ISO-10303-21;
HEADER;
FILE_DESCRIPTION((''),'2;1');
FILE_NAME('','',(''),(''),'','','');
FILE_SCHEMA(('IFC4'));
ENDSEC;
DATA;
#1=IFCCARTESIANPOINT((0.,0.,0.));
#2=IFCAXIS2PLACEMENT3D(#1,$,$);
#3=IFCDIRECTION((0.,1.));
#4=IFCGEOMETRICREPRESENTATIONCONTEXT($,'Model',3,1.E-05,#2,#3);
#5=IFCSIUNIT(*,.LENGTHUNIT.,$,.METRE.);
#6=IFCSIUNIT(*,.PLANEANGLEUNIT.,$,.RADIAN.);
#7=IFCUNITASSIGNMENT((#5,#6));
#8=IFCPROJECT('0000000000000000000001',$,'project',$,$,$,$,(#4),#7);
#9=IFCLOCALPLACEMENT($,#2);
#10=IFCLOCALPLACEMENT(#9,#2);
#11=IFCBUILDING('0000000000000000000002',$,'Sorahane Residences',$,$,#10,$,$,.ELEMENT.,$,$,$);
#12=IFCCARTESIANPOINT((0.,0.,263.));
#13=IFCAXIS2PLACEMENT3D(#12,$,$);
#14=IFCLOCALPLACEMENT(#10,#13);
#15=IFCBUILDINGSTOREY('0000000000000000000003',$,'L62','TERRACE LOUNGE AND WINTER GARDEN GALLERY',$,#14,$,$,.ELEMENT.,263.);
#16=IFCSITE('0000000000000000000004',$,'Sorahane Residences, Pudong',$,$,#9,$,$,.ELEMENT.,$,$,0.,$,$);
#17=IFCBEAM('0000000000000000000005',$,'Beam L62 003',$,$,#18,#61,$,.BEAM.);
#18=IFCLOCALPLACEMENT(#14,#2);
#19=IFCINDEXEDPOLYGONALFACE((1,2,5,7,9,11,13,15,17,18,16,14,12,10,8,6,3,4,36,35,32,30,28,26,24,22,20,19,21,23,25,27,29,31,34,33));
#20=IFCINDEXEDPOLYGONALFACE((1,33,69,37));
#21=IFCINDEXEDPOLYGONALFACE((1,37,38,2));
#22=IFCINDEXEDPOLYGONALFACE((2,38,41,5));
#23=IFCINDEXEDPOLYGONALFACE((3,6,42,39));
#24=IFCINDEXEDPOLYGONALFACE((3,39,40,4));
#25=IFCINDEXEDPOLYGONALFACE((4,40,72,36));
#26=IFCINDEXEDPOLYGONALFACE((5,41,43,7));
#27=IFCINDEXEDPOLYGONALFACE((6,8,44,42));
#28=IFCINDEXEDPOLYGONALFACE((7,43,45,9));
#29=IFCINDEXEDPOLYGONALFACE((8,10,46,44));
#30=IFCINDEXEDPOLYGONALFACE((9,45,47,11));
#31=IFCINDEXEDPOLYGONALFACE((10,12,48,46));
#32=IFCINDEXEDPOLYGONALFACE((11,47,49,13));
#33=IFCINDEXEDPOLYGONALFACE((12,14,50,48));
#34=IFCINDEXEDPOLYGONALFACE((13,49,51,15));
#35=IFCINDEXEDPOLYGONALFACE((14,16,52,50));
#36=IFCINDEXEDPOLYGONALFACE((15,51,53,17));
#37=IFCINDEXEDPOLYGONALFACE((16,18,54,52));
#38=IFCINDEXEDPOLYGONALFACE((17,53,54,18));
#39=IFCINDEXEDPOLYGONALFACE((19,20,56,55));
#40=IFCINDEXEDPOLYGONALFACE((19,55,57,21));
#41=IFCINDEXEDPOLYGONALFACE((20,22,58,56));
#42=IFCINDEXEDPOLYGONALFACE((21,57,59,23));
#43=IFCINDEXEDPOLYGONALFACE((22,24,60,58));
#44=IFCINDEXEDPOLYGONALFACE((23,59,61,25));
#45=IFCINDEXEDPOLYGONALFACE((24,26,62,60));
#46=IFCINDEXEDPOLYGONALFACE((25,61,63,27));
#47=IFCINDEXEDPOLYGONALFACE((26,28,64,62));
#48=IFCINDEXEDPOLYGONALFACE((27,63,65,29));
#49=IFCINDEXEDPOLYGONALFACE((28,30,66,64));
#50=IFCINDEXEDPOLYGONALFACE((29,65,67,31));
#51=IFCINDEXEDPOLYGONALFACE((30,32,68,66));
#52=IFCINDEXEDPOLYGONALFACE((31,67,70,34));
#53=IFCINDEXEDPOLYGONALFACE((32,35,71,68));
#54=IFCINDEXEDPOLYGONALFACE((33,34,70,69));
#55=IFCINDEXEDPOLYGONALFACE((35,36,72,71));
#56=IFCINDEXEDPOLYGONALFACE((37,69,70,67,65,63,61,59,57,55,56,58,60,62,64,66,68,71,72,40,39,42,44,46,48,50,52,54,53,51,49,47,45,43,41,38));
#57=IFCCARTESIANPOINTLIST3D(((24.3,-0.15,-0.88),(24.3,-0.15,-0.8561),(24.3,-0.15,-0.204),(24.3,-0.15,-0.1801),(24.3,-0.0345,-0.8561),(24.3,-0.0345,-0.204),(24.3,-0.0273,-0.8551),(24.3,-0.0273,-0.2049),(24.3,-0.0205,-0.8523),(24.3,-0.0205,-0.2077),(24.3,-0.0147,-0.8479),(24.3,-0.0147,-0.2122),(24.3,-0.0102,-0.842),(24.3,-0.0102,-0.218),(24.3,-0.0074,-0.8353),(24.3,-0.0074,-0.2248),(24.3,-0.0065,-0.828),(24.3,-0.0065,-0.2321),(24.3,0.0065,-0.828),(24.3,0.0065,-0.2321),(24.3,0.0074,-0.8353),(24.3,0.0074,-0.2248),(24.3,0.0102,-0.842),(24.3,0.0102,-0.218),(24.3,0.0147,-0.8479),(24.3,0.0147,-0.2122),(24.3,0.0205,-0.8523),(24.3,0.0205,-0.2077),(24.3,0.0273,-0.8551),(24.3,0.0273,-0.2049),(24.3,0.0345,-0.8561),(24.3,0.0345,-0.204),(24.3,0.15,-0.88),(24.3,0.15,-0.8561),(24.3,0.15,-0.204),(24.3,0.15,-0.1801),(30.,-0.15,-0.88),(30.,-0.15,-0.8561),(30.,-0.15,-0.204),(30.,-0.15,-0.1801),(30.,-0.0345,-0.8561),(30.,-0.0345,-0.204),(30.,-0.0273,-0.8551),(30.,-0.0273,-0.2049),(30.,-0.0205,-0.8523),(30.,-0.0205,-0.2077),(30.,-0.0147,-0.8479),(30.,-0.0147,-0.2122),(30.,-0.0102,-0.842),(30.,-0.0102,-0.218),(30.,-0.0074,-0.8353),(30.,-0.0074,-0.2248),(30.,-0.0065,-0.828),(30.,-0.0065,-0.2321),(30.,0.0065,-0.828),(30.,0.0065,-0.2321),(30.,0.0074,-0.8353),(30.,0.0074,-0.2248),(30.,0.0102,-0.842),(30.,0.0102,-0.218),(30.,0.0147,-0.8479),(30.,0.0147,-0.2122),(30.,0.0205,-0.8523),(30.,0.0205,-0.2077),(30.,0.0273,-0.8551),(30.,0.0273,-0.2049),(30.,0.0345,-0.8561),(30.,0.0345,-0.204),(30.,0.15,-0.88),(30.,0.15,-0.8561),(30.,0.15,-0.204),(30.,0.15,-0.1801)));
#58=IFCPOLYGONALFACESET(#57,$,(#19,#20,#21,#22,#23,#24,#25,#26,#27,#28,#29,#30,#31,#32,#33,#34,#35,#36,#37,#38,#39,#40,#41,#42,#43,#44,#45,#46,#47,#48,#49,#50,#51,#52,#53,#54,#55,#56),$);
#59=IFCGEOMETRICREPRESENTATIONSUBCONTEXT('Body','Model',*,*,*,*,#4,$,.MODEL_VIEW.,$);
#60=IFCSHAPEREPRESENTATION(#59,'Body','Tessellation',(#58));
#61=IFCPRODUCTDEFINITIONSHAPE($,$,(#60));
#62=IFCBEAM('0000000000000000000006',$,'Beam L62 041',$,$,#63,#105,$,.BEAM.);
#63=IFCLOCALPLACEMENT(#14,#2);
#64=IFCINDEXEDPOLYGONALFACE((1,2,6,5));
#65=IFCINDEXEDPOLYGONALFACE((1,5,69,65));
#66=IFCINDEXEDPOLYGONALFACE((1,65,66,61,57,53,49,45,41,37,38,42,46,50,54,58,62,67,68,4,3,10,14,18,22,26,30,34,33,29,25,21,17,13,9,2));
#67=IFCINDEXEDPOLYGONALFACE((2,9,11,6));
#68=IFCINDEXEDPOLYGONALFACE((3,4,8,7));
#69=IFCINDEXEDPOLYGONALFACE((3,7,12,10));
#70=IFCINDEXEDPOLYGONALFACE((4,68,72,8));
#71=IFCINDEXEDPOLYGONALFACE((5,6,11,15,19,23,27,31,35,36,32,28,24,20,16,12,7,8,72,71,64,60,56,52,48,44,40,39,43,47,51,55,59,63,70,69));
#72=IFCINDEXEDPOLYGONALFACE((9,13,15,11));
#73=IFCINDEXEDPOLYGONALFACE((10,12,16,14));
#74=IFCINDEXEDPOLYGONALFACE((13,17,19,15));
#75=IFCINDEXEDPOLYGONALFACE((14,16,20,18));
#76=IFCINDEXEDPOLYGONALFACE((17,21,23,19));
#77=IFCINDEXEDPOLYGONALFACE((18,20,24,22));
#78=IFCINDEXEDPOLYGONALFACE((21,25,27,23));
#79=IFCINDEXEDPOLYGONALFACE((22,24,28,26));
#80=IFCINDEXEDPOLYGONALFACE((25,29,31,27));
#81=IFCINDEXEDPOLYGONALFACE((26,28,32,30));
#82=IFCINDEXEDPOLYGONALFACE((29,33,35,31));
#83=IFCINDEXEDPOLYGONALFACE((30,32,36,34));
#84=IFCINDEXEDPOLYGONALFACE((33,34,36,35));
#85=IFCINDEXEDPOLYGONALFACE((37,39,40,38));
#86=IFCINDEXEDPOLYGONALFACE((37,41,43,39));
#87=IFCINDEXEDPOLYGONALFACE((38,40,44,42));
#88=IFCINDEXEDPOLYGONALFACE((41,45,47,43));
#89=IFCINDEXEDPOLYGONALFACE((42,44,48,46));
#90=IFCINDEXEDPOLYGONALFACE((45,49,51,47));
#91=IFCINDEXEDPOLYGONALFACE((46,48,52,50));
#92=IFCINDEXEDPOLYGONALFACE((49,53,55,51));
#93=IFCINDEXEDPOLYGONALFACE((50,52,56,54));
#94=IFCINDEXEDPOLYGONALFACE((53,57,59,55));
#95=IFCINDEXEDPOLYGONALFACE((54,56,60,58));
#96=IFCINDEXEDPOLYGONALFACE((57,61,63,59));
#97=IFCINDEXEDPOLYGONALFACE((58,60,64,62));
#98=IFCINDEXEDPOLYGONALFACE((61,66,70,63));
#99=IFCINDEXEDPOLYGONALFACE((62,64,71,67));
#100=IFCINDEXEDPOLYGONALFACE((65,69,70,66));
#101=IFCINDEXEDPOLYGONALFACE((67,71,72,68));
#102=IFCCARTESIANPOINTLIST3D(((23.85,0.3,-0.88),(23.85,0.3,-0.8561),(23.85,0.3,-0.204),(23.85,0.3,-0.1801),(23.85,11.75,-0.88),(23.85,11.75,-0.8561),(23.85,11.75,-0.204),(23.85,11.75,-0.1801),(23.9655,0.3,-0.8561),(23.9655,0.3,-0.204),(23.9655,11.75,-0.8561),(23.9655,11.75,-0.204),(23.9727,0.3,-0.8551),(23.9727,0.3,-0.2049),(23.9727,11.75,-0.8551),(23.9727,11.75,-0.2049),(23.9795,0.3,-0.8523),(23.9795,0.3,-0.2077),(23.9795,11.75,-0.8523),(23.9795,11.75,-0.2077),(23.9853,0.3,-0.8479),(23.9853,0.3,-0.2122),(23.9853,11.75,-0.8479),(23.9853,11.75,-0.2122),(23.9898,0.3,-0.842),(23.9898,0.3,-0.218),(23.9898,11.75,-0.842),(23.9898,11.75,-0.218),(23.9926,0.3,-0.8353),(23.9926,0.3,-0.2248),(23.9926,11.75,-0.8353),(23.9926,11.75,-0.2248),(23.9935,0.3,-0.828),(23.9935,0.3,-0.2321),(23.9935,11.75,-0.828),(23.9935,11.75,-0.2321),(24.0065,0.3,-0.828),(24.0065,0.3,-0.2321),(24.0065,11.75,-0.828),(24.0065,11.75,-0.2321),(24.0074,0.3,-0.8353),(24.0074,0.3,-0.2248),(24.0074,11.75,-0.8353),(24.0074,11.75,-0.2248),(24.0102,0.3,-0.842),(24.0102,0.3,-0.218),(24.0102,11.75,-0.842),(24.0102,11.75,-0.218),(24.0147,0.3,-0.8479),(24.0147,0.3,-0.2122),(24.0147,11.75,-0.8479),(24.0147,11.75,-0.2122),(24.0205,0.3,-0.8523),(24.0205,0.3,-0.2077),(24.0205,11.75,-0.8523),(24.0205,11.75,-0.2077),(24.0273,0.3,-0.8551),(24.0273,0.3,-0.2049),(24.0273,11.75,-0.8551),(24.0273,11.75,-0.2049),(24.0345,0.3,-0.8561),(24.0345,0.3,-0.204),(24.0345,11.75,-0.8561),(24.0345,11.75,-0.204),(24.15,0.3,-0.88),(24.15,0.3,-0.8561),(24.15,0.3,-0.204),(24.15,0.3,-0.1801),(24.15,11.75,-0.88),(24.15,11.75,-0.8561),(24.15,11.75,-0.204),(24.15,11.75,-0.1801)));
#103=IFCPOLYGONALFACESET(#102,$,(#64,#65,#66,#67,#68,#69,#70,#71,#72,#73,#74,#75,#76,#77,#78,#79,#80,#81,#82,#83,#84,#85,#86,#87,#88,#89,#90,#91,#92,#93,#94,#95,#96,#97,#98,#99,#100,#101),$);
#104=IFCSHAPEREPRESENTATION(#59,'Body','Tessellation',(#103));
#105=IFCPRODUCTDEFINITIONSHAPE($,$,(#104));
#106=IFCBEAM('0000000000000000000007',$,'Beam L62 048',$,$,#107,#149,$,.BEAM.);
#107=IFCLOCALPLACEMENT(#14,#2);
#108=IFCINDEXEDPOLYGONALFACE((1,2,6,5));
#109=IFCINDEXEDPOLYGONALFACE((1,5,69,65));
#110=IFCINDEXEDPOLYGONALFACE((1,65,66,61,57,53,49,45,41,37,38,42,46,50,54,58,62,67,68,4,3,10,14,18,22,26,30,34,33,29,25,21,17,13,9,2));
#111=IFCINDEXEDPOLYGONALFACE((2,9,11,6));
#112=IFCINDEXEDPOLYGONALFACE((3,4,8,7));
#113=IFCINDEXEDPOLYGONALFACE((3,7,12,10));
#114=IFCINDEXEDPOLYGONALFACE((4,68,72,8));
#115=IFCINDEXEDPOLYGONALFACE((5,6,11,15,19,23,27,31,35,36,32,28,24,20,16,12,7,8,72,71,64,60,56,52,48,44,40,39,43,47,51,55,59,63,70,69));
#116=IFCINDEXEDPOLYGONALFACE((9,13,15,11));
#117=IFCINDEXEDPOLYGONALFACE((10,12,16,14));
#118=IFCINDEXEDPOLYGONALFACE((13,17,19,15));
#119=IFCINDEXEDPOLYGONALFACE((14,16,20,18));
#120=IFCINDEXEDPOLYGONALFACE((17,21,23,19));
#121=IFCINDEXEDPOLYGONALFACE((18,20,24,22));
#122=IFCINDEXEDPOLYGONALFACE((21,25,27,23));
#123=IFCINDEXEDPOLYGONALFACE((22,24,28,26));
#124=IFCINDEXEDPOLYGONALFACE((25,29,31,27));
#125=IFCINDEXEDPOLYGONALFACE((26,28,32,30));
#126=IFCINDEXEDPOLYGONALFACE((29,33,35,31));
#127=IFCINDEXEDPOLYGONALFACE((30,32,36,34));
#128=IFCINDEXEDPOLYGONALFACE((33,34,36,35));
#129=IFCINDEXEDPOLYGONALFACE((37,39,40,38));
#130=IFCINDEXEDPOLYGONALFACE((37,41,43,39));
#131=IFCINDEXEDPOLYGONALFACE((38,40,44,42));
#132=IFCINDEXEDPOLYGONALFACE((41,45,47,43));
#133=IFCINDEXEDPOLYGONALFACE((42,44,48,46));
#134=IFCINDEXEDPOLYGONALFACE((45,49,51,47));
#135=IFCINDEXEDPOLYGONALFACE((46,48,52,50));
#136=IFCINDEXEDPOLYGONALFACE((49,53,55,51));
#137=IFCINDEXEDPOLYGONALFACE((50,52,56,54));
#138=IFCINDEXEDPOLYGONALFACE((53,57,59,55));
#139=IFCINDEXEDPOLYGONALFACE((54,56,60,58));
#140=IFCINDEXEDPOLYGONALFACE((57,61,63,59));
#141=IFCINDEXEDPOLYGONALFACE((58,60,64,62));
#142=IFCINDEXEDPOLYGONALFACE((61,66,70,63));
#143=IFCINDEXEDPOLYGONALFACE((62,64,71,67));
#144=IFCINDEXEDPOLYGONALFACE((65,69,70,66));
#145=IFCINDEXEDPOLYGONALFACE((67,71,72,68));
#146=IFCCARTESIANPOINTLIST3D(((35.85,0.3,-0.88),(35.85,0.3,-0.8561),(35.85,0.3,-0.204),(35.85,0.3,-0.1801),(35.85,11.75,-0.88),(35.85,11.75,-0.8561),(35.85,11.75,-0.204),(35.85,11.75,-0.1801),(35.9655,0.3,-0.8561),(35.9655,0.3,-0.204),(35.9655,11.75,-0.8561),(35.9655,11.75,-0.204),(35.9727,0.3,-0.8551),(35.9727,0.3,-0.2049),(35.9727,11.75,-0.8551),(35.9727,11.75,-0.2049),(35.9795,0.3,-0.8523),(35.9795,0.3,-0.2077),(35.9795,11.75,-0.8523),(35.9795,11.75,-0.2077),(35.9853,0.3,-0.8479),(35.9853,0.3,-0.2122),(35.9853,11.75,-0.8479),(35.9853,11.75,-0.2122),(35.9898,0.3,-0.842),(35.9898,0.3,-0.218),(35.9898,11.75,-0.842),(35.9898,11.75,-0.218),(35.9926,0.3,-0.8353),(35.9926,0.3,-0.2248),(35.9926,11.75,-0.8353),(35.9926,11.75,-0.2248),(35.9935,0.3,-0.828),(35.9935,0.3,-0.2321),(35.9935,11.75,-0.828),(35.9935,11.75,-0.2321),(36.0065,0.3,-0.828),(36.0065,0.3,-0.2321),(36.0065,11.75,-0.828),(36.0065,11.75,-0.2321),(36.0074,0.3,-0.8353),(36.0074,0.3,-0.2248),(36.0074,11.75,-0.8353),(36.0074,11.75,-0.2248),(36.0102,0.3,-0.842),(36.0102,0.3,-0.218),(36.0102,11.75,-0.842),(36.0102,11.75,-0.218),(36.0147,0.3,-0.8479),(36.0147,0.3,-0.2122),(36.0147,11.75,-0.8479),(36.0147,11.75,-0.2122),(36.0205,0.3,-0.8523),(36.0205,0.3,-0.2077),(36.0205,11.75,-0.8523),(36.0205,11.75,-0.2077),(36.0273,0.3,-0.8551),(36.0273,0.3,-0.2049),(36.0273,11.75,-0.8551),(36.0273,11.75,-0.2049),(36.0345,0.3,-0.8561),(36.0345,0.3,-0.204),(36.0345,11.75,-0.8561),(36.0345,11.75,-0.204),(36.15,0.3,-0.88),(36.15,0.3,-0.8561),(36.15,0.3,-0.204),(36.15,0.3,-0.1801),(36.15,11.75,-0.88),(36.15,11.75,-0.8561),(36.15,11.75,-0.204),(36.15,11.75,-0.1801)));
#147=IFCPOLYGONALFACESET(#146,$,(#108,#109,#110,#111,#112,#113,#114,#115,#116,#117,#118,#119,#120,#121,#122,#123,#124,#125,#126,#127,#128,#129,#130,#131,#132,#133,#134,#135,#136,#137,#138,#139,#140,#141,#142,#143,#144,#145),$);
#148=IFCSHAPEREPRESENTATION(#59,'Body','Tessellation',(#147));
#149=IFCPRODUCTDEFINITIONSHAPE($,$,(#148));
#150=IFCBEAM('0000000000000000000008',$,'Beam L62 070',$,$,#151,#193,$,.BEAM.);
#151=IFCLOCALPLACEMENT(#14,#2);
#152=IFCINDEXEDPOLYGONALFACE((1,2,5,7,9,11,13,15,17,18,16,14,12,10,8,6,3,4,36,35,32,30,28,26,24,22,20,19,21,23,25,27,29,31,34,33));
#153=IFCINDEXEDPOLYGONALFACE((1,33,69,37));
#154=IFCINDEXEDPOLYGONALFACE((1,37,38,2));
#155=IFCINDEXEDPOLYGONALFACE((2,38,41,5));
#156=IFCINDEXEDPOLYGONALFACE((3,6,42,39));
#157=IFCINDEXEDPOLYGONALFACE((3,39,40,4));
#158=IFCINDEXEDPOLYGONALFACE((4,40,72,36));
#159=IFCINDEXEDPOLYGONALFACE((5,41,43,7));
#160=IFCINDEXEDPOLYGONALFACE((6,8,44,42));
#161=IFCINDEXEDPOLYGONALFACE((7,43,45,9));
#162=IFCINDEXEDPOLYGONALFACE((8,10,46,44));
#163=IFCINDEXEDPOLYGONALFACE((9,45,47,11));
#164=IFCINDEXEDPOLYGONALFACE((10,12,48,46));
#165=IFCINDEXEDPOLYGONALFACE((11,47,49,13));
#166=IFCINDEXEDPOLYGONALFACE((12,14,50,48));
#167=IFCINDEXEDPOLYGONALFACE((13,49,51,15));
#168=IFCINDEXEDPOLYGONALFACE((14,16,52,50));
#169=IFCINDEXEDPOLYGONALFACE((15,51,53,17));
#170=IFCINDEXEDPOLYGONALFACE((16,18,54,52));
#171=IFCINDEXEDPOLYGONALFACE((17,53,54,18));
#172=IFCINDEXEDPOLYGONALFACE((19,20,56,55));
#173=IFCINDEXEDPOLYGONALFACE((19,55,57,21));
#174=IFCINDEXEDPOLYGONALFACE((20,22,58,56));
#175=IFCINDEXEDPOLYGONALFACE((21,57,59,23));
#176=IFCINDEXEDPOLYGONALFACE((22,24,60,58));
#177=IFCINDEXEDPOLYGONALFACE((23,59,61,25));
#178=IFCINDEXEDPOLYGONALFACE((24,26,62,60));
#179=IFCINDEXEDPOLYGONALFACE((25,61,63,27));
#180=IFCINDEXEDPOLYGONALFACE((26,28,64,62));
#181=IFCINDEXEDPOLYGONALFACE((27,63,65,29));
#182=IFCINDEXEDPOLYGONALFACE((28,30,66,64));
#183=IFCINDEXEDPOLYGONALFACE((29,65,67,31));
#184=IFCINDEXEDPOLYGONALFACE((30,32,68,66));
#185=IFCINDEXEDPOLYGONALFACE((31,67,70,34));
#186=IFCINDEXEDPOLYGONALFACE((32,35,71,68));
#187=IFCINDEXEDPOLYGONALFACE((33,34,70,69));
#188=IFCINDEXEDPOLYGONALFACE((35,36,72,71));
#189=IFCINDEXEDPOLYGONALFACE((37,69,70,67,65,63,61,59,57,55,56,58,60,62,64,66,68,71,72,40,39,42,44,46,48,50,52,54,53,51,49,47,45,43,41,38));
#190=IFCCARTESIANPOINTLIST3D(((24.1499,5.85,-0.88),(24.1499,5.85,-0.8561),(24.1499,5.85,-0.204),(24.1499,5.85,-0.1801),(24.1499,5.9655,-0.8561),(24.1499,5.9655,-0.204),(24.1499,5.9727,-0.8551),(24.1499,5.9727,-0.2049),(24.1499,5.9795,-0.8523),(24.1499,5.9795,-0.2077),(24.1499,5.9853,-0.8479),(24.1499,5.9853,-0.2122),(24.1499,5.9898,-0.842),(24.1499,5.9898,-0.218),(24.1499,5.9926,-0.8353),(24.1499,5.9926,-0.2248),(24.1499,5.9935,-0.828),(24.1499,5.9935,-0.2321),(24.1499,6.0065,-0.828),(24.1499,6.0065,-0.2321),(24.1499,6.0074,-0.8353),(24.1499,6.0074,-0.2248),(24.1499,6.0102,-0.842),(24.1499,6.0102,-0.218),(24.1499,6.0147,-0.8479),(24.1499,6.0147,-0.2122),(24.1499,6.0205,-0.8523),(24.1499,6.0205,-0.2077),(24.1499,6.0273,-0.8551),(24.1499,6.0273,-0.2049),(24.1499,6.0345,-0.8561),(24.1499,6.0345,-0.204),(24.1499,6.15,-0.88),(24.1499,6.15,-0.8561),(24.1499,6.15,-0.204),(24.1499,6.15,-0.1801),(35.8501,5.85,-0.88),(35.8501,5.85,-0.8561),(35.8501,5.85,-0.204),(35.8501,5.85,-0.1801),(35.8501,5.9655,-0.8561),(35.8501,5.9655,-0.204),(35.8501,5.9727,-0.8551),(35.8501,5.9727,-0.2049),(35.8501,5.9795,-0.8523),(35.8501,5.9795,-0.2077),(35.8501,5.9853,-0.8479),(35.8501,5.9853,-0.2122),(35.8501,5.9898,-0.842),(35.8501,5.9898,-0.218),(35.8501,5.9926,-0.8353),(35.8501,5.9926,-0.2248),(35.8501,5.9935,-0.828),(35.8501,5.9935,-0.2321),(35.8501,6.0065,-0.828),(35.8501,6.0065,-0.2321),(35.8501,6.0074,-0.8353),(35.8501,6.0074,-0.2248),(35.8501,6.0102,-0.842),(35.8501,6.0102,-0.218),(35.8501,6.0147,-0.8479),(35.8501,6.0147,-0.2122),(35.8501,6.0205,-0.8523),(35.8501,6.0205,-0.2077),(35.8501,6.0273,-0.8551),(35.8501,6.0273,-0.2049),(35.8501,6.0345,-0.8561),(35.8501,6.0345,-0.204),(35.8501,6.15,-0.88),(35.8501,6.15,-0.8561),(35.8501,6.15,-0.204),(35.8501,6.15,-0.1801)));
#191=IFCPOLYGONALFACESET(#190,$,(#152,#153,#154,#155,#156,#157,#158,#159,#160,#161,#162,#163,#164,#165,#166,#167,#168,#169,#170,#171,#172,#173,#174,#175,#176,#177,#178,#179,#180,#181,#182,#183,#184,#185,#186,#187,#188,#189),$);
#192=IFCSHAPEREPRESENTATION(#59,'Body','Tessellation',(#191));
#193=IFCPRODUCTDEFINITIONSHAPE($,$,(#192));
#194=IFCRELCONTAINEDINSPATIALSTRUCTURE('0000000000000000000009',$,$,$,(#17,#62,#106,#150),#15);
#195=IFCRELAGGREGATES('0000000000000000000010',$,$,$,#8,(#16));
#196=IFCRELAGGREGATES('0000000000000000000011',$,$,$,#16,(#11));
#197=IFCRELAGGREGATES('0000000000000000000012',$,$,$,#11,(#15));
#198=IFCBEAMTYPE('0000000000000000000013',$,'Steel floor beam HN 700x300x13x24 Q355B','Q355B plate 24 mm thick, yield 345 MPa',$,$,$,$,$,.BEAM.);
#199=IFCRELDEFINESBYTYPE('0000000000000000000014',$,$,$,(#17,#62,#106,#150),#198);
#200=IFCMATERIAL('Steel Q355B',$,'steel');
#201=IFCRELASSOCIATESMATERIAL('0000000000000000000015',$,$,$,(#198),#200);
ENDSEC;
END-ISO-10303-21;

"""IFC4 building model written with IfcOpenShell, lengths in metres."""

from ifc_helpers import new_model, si_unit, direction, frame, origin, origin_2d, place, context, subcontext, project, spatial, i_section, extrude, material, material_profile, profile_set, type_object, element, save


model = new_model("IFC4")

# Units and contexts
model_context = context("Model", 3, precision=1e-05, world=origin(), true_north=direction((0.0, 1.0)))
body_context = subcontext(model_context, "Body", "Model", "MODEL_VIEW")
ifc_project = project(units=[si_unit("LENGTHUNIT", "METRE"), si_unit("PLANEANGLEUNIT", "RADIAN")], contexts=[model_context])

# Site, building, storey
site_placement = place(None, origin())
site = spatial("IfcSite", under=ifc_project, at=site_placement, Name="Sorahane Residences, Pudong", CompositionType="ELEMENT", RefElevation=0.0)
building_placement = place(site_placement, origin())
building = spatial("IfcBuilding", under=site, at=building_placement, Name="Sorahane Residences", CompositionType="ELEMENT")
storey_placement = place(building_placement, frame((0.0, 0.0, 263.0)))
storey = spatial("IfcBuildingStorey", under=building, at=storey_placement, Name="L62", Description="TERRACE LOUNGE AND WINTER GARDEN GALLERY", CompositionType="ELEMENT", Elevation=263.0)

# Beams
ifc_material_1 = material(Name="Steel Q355B", Category="steel")
ifc_material_profile_1 = material_profile(ifc_material_1, i_section(OverallWidth=0.3, OverallDepth=0.7, WebThickness=0.0129, FlangeThickness=0.0239, FilletRadius=0.0281, at=origin_2d()), Name="HN 700x300x13x24")
ifc_profile_set_1 = profile_set([ifc_material_profile_1], Name="Steel Q355B")
beam_type_1 = type_object("IfcBeamType", Name="Steel floor beam HN 700x300x13x24 Q355B", Description="Q355B plate 24 mm thick, yield 345 MPa", PredefinedType="BEAM", material=ifc_profile_set_1)
beam_1_placement = place(storey_placement, frame((24.3, 0.0, -0.53), z_axis=(1.0, 0.0, 0.0), x_axis=(0.0, 1.0, 0.0)))
element("IfcBeam", 1, at=beam_1_placement, inside=storey, type_object=beam_type_1, Name="Beam L62 003", PredefinedType="BEAM", context=body_context, shape_type="SweptSolid", body=[
    extrude(i_section(OverallWidth=0.3, OverallDepth=0.7, WebThickness=0.0129, FlangeThickness=0.0239, FilletRadius=0.0281, at=origin_2d()), origin(), (0.0, 0.0, 1.0), 5.7),
])
for number, where, z_axis, x_axis, name in (
    (2, (24.0, 0.3, -0.53), (0.0, 1.0, 0.0), (-1.0, 0.0, 0.0), "Beam L62 041"),
    (3, (36.0, 0.3, -0.53), (0.0, 1.0, 0.0), (-1.0, 0.0, 0.0), "Beam L62 048"),
):
    element("IfcBeam", number, at=place(storey_placement, frame(where, z_axis=z_axis, x_axis=x_axis)), inside=storey, type_object=beam_type_1, Name=name, PredefinedType="BEAM", context=body_context, shape_type="SweptSolid", body=[
        extrude(i_section(OverallWidth=0.3, OverallDepth=0.7, WebThickness=0.0129, FlangeThickness=0.0239, FilletRadius=0.0281, at=origin_2d()), origin(), (0.0, 0.0, 1.0), 11.45),
    ])
for number, where, z_axis, x_axis, name in (
    (4, (24.1499, 6.0, -0.53), (1.0, 0.0, 0.0), (0.0, 1.0, 0.0), "Beam L62 070"),
):
    element("IfcBeam", number, at=place(storey_placement, frame(where, z_axis=z_axis, x_axis=x_axis)), inside=storey, type_object=beam_type_1, Name=name, PredefinedType="BEAM", context=body_context, shape_type="SweptSolid", body=[
        extrude(i_section(OverallWidth=0.3, OverallDepth=0.7, WebThickness=0.0129, FlangeThickness=0.0239, FilletRadius=0.0281, at=origin_2d()), origin(), (0.0, 0.0, 1.0), 11.7002),
    ])

save(model, "model.ifc")
